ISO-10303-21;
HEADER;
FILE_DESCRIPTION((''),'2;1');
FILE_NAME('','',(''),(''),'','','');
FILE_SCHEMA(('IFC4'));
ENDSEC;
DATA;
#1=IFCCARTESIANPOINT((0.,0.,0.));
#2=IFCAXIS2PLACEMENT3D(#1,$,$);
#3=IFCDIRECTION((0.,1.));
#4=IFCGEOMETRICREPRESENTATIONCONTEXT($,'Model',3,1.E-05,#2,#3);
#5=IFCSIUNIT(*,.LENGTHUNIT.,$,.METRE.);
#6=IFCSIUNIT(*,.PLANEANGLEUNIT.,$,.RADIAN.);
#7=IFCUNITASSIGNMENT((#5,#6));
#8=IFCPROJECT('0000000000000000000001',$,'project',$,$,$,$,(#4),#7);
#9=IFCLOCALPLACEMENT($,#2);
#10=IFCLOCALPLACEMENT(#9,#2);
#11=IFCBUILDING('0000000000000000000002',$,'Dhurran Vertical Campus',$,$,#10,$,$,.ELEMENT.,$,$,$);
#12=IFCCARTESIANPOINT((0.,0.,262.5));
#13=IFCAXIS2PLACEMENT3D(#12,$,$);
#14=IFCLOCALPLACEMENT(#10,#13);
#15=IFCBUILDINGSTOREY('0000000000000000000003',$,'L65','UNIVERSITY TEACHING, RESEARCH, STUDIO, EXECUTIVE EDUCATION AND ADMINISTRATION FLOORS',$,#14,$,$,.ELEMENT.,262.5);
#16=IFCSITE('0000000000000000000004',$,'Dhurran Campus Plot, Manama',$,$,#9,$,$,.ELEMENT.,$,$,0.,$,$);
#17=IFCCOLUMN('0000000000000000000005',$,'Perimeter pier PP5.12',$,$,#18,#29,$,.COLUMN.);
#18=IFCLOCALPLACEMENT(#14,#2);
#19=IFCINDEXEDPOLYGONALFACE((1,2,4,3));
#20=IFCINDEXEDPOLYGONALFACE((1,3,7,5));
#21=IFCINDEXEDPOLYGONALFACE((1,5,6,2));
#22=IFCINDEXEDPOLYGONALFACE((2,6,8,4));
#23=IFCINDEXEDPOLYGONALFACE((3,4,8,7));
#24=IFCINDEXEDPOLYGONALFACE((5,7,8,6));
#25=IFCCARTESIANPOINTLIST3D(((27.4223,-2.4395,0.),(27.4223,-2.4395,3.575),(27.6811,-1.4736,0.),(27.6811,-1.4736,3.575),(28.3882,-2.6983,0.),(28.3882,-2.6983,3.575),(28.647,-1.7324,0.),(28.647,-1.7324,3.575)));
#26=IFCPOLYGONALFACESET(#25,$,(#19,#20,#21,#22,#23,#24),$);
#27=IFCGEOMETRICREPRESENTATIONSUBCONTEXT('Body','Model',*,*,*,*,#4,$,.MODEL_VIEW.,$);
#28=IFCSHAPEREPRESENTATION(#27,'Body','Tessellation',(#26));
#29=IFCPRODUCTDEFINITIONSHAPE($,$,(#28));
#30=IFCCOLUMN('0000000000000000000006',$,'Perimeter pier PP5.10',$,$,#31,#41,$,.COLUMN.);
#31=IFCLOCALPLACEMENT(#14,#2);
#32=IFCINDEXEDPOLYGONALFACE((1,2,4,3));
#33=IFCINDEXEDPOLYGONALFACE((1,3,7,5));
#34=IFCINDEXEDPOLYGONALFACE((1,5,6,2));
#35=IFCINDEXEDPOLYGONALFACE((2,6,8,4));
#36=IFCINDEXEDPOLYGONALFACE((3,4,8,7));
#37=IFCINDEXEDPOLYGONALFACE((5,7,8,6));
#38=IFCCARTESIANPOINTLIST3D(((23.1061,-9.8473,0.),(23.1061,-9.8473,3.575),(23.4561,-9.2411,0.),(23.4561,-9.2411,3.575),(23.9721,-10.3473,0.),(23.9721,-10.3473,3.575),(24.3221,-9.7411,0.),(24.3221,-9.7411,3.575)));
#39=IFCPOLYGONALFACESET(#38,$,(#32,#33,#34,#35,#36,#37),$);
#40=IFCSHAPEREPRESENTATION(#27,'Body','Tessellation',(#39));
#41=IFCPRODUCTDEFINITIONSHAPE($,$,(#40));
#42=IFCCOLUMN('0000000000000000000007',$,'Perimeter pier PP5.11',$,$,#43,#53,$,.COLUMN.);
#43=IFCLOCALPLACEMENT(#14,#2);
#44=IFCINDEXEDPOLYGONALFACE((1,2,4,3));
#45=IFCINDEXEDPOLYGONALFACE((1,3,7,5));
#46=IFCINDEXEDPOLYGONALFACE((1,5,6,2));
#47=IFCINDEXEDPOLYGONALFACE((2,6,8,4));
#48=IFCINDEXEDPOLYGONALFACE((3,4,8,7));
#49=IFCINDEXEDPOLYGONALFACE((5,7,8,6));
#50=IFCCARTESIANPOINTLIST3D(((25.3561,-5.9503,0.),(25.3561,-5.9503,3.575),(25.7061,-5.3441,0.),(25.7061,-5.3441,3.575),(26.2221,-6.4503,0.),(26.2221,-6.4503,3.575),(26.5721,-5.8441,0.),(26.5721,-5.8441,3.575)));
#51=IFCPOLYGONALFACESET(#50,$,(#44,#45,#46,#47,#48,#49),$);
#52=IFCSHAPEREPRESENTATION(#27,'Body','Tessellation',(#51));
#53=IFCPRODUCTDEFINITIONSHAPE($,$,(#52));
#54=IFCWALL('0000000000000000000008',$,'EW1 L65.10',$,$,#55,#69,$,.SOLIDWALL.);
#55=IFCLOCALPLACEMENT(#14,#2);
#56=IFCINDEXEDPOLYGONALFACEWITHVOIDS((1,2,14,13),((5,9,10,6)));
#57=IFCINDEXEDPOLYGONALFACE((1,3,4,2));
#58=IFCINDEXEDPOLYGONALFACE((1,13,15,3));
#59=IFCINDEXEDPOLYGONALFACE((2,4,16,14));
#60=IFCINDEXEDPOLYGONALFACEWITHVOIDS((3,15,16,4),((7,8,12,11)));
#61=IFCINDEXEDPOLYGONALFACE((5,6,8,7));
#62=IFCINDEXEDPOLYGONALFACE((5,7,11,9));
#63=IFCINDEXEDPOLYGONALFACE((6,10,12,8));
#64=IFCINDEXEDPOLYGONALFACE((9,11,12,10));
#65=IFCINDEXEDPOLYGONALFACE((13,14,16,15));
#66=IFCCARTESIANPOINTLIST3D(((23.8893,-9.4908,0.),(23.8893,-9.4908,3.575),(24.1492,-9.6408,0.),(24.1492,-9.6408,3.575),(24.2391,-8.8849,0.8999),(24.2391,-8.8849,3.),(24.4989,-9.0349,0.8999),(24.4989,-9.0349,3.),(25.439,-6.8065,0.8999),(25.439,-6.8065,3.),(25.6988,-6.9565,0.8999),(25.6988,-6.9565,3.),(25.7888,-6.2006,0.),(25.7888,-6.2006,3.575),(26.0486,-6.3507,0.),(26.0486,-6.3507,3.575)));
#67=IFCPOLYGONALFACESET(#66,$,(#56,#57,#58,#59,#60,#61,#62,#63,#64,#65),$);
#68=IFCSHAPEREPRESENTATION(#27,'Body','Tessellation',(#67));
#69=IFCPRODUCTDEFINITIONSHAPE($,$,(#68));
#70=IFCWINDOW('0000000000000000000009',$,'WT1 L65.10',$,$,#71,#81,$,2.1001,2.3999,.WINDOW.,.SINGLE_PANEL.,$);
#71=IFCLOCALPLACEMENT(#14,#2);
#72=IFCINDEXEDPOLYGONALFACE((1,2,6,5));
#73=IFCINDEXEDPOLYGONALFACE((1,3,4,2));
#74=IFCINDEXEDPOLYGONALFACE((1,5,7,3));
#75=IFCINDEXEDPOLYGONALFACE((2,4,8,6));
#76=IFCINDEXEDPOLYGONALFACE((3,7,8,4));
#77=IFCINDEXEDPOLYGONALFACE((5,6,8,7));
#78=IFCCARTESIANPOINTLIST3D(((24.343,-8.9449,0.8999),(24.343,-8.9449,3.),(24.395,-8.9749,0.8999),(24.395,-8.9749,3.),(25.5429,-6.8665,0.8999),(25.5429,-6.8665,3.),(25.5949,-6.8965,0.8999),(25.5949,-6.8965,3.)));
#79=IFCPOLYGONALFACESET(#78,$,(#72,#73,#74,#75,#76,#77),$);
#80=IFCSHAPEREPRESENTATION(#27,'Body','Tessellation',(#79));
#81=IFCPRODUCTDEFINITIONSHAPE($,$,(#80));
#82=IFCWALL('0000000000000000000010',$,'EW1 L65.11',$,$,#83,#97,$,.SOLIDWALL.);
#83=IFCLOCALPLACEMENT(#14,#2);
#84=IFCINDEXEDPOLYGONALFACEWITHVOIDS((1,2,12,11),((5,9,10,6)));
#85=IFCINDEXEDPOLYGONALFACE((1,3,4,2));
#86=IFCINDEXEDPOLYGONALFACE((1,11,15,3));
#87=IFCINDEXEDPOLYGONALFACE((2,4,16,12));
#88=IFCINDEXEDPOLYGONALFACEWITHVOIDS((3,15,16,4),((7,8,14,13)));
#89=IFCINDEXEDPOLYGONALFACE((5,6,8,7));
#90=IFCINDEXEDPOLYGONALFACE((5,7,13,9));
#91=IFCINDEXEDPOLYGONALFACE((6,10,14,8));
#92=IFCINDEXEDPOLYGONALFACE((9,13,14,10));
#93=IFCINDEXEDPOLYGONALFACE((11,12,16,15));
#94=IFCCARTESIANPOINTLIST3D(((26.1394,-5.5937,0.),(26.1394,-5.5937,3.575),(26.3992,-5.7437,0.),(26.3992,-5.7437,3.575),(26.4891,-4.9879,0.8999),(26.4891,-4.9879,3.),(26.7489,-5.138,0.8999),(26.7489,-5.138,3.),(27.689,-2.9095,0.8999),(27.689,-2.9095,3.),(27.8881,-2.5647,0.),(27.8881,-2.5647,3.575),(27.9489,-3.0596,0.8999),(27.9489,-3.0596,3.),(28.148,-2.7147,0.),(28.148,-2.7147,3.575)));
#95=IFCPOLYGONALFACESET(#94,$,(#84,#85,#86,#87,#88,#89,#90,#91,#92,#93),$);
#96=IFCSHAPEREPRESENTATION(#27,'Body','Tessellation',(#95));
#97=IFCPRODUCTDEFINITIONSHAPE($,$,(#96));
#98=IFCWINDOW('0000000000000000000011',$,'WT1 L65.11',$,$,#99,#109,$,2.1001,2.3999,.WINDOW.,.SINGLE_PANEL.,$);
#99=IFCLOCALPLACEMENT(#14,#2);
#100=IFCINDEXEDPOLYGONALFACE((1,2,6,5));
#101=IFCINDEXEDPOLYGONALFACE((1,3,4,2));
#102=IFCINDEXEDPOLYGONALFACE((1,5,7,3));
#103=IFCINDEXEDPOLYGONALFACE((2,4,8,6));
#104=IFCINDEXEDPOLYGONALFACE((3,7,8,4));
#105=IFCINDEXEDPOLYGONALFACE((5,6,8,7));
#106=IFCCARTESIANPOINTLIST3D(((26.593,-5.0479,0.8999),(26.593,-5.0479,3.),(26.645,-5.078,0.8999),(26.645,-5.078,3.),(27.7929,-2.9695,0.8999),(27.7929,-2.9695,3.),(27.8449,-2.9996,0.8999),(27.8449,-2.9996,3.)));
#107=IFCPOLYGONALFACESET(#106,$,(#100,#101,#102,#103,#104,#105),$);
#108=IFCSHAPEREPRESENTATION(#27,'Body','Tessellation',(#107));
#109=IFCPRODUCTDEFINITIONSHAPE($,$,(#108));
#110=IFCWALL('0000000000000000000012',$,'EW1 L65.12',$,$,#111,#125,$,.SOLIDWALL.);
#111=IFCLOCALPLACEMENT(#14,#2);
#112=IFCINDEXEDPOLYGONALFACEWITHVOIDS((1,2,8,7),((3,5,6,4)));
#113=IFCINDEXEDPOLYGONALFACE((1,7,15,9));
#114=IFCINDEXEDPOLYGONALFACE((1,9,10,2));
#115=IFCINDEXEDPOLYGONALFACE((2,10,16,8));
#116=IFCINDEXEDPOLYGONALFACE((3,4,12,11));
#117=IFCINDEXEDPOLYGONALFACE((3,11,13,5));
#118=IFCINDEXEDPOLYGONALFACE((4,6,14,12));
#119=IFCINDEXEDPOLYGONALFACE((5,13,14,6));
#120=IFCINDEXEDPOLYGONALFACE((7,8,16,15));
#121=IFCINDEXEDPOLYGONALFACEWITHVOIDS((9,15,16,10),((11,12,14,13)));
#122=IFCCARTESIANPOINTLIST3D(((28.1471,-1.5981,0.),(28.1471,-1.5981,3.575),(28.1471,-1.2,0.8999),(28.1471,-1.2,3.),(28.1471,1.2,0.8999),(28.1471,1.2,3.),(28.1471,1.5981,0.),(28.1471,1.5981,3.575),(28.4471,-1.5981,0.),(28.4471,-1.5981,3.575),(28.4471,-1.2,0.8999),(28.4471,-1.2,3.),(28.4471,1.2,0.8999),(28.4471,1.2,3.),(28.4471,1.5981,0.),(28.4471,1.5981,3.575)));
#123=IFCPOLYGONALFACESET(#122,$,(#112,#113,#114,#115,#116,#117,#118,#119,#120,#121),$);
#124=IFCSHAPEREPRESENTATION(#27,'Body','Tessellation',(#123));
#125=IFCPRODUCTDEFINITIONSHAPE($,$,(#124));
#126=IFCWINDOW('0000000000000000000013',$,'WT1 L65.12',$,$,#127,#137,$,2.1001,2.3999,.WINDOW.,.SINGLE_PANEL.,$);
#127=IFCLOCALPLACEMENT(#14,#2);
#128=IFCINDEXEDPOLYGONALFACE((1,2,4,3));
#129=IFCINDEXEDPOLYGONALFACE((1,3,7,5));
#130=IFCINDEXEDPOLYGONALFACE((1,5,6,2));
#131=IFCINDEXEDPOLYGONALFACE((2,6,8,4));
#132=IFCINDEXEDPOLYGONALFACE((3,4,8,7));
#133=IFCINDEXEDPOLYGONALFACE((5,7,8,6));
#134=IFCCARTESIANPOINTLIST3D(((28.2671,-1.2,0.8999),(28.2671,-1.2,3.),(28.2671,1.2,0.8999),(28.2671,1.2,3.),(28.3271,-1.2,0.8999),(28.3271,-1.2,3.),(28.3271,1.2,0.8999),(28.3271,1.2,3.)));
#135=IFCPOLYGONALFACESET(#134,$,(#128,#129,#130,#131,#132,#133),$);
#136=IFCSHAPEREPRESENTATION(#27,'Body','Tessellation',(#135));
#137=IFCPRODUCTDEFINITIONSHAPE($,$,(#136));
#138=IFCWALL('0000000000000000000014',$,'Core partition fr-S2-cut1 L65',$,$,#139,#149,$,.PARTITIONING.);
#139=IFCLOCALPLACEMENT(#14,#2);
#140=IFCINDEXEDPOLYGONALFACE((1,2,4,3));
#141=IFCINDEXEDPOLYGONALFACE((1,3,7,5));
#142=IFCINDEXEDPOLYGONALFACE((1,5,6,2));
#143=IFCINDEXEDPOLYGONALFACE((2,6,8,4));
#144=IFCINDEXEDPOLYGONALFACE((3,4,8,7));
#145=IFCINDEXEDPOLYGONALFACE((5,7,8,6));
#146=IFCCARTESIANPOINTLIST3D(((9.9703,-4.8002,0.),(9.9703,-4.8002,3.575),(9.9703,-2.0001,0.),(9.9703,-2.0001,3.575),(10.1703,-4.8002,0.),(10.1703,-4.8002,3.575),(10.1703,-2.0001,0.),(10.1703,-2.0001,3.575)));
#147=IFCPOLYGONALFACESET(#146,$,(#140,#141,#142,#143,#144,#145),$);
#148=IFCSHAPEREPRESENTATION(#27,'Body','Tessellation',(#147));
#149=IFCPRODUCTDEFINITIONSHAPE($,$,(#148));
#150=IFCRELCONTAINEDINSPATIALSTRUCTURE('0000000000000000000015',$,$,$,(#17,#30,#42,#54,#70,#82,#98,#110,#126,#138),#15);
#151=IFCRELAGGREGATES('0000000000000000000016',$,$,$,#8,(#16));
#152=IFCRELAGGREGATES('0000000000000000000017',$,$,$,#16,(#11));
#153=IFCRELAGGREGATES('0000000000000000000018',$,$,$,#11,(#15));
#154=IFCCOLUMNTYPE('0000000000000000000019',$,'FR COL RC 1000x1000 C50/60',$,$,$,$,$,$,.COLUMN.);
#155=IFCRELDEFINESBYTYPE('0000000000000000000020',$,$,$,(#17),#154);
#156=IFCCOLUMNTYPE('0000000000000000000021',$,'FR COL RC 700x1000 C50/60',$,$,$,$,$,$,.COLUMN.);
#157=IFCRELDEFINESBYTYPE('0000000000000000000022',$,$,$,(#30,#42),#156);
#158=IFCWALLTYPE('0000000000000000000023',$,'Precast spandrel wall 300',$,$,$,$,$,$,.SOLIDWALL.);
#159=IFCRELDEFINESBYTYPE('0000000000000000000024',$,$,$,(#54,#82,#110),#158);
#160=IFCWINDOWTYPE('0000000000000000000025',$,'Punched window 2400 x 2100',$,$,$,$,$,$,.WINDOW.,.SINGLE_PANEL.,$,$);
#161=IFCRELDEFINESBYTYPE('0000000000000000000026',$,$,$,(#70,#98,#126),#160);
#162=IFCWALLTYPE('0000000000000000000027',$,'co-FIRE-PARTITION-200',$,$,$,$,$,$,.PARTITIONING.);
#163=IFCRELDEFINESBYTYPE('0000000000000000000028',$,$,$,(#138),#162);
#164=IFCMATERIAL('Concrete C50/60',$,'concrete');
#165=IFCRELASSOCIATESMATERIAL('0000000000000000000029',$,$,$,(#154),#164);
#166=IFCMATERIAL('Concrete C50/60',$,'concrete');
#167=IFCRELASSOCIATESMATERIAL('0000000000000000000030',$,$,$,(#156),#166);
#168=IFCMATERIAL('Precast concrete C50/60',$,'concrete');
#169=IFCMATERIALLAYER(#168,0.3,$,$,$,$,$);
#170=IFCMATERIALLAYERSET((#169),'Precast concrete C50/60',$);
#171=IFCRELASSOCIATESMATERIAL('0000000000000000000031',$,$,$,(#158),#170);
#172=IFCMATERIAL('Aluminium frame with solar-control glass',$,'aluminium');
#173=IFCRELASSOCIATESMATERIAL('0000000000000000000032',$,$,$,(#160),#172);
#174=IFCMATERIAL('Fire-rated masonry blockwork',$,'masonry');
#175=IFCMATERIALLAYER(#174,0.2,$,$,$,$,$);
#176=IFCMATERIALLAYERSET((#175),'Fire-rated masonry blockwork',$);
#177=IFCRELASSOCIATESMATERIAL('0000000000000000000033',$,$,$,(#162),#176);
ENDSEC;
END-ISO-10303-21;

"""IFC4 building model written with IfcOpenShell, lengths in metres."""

from ifc_helpers import new_model, si_unit, direction, frame, frame_2d, origin, origin_2d, place, context, subcontext, project, spatial, rectangle, extrude, material, layer, layer_set, material_profile, profile_set, type_object, element, fill, save


model = new_model("IFC4")

# Units and contexts
model_context = context("Model", 3, precision=1e-05, world=origin(), true_north=direction((0.0, 1.0)))
body_context = subcontext(model_context, "Body", "Model", "MODEL_VIEW")
ifc_project = project(units=[si_unit("LENGTHUNIT", "METRE"), si_unit("PLANEANGLEUNIT", "RADIAN")], contexts=[model_context])

# Site, building, storey
site_placement = place(None, origin())
site = spatial("IfcSite", under=ifc_project, at=site_placement, Name="Dhurran Campus Plot, Manama", CompositionType="ELEMENT", RefElevation=0.0)
building_placement = place(site_placement, origin())
building = spatial("IfcBuilding", under=site, at=building_placement, Name="Dhurran Vertical Campus", CompositionType="ELEMENT")
storey_placement = place(building_placement, frame((0.0, 0.0, 262.5)))
storey = spatial("IfcBuildingStorey", under=building, at=storey_placement, Name="L65", Description="UNIVERSITY TEACHING, RESEARCH, STUDIO, EXECUTIVE EDUCATION AND ADMINISTRATION FLOORS", CompositionType="ELEMENT", Elevation=262.5)

# Columns
ifc_material_1 = material(Name="Concrete C50/60", Category="concrete")
ifc_material_profile_1 = material_profile(ifc_material_1, rectangle(XDim=1.0, YDim=1.0, at=origin_2d()), Name="RC 1000x1000")
ifc_profile_set_1 = profile_set([ifc_material_profile_1], Name="Concrete C50/60")
column_type_1 = type_object("IfcColumnType", Name="FR COL RC 1000x1000 C50/60", PredefinedType="COLUMN", material=ifc_profile_set_1)
column_placement = place(storey_placement, frame((28.0347, -2.0859, 0.0), z_axis=(0.0, 0.0, 1.0), x_axis=(0.258819, 0.965926, 0.0)))
element("IfcColumn", 1, at=column_placement, inside=storey, type_object=column_type_1, Name="Perimeter pier PP5.12", PredefinedType="COLUMN", context=body_context, shape_type="SweptSolid", body=[
    extrude(rectangle(XDim=1.0, YDim=1.0, at=origin_2d()), origin(), (0.0, 0.0, 1.0), 3.575),
])
ifc_material_2 = material(Name="Concrete C50/60", Category="concrete")
ifc_material_profile_2 = material_profile(ifc_material_2, rectangle(XDim=0.7, YDim=1.0, at=origin_2d()), Name="RC 700x1000")
ifc_profile_set_2 = profile_set([ifc_material_profile_2], Name="Concrete C50/60")
column_type_2 = type_object("IfcColumnType", Name="FR COL RC 700x1000 C50/60", PredefinedType="COLUMN", material=ifc_profile_set_2)
for number, where, z_axis, x_axis, name in (
    (2, (23.7141, -9.7942, 0.0), (0.0, 0.0, 1.0), (0.5, 0.866025, 0.0), "Perimeter pier PP5.10"),
    (3, (25.9641, -5.8972, 0.0), (0.0, 0.0, 1.0), (0.5, 0.866025, 0.0), "Perimeter pier PP5.11"),
):
    element("IfcColumn", number, at=place(storey_placement, frame(where, z_axis=z_axis, x_axis=x_axis)), inside=storey, type_object=column_type_2, Name=name, PredefinedType="COLUMN", context=body_context, shape_type="SweptSolid", body=[
        extrude(rectangle(XDim=0.7, YDim=1.0, at=origin_2d()), origin(), (0.0, 0.0, 1.0), 3.575),
    ])

# Walls, openings, windows
ifc_material_3 = material(Name="Precast concrete C50/60", Category="concrete")
ifc_layer_1 = layer(ifc_material_3, 0.3)
ifc_layer_set_1 = layer_set([ifc_layer_1], Name="Precast concrete C50/60")
wall_type_1 = type_object("IfcWallType", Name="Precast spandrel wall 300", PredefinedType="SOLIDWALL", material=ifc_layer_set_1)
wall_1_placement = place(storey_placement, frame((24.0193, -9.5657, 0.0), z_axis=(0.0, 0.0, 1.0), x_axis=(0.499982, 0.866036, 0.0)))
wall_1 = element("IfcWall", 4, at=wall_1_placement, inside=storey, type_object=wall_type_1, Name="EW1 L65.10", PredefinedType="SOLIDWALL", context=body_context, shape_type="SweptSolid", body=[
    extrude(rectangle(XDim=3.7991, YDim=0.3, at=frame_2d((1.8994, 0.0))), origin(), (0.0, 0.0, 1.0), 3.575),
])
opening_1_placement = place(wall_1_placement, frame((0.6995, 0.0, 0.8999)))
opening_1 = element("IfcOpeningElement", 5, at=opening_1_placement, cuts=wall_1, PredefinedType="OPENING", context=body_context, shape_type="SweptSolid", body=[
    extrude(rectangle(XDim=2.3999, YDim=2.1001, at=frame_2d((1.2, 1.05))), frame((0.0, 0.1599, 0.0), z_axis=(0.0, -1.0, 0.0), x_axis=(1.0, 0.0, 0.0)), (0.0, 0.0, 1.0), 0.3201),
])
ifc_material_4 = material(Name="Aluminium frame with solar-control glass", Category="aluminium")
window_type = type_object("IfcWindowType", Name="Punched window 2400 x 2100", PartitioningType="SINGLE_PANEL", PredefinedType="WINDOW", material=ifc_material_4)
window_1_placement = place(opening_1_placement, origin())
window_1 = element("IfcWindow", 6, at=window_1_placement, inside=storey, type_object=window_type, Name="WT1 L65.10", OverallHeight=2.1001, OverallWidth=2.3999, PartitioningType="SINGLE_PANEL", PredefinedType="WINDOW", context=body_context, shape_type="SweptSolid", body=[
    extrude(rectangle(XDim=2.3999, YDim=2.1001, at=frame_2d((1.2, 1.05))), frame((0.0, 0.03, 0.0), z_axis=(0.0, -1.0, 0.0), x_axis=(1.0, 0.0, 0.0)), (0.0, 0.0, 1.0), 0.0601),
])
fill(opening_1, window_1)
wall_2_placement = place(storey_placement, frame((26.2693, -5.6687, 0.0), z_axis=(0.0, 0.0, 1.0), x_axis=(0.49999, 0.866031, 0.0)))
wall_2 = element("IfcWall", 7, at=wall_2_placement, inside=storey, type_object=wall_type_1, Name="EW1 L65.11", PredefinedType="SOLIDWALL", context=body_context, shape_type="SweptSolid", body=[
    extrude(rectangle(XDim=3.4976, YDim=0.3, at=frame_2d((1.7488, 0.0))), origin(), (0.0, 0.0, 1.0), 3.575),
])
opening_2_placement = place(wall_2_placement, frame((0.6995, 0.0, 0.8999)))
opening_2 = element("IfcOpeningElement", 8, at=opening_2_placement, cuts=wall_2, PredefinedType="OPENING", context=body_context, shape_type="SweptSolid", body=[
    extrude(rectangle(XDim=2.3999, YDim=2.1001, at=frame_2d((1.2, 1.05))), frame((0.0, 0.1599, 0.0), z_axis=(0.0, -1.0, 0.0), x_axis=(1.0, 0.0, 0.0)), (0.0, 0.0, 1.0), 0.3201),
])
window_2_placement = place(opening_2_placement, origin())
window_2 = element("IfcWindow", 9, at=window_2_placement, inside=storey, type_object=window_type, Name="WT1 L65.11", OverallHeight=2.1001, OverallWidth=2.3999, PartitioningType="SINGLE_PANEL", PredefinedType="WINDOW", context=body_context, shape_type="SweptSolid", body=[
    extrude(rectangle(XDim=2.3999, YDim=2.1001, at=frame_2d((1.2, 1.05))), frame((0.0, 0.03, 0.0), z_axis=(0.0, -1.0, 0.0), x_axis=(1.0, 0.0, 0.0)), (0.0, 0.0, 1.0), 0.0601),
])
fill(opening_2, window_2)
wall_3_placement = place(storey_placement, frame((28.2971, -1.5981, 0.0), z_axis=(0.0, 0.0, 1.0), x_axis=(0.0, 1.0, 0.0)))
wall_3 = element("IfcWall", 10, at=wall_3_placement, inside=storey, type_object=wall_type_1, Name="EW1 L65.12", PredefinedType="SOLIDWALL", context=body_context, shape_type="SweptSolid", body=[
    extrude(rectangle(XDim=3.1963, YDim=0.3, at=frame_2d((1.5981, 0.0))), origin(), (0.0, 0.0, 1.0), 3.575),
])
opening_3_placement = place(wall_3_placement, frame((0.3982, 0.0, 0.8999)))
opening_3 = element("IfcOpeningElement", 11, at=opening_3_placement, cuts=wall_3, PredefinedType="OPENING", context=body_context, shape_type="SweptSolid", body=[
    extrude(rectangle(XDim=2.3999, YDim=2.1001, at=frame_2d((1.2, 1.05))), frame((0.0, 0.1599, 0.0), z_axis=(0.0, -1.0, 0.0), x_axis=(1.0, 0.0, 0.0)), (0.0, 0.0, 1.0), 0.3201),
])
window_3_placement = place(opening_3_placement, origin())
window_3 = element("IfcWindow", 12, at=window_3_placement, inside=storey, type_object=window_type, Name="WT1 L65.12", OverallHeight=2.1001, OverallWidth=2.3999, PartitioningType="SINGLE_PANEL", PredefinedType="WINDOW", context=body_context, shape_type="SweptSolid", body=[
    extrude(rectangle(XDim=2.3999, YDim=2.1001, at=frame_2d((1.2, 1.05))), frame((0.0, 0.03, 0.0), z_axis=(0.0, -1.0, 0.0), x_axis=(1.0, 0.0, 0.0)), (0.0, 0.0, 1.0), 0.0601),
])
fill(opening_3, window_3)

# Wall
ifc_material_5 = material(Name="Fire-rated masonry blockwork", Category="masonry")
ifc_layer_2 = layer(ifc_material_5, 0.2)
ifc_layer_set_2 = layer_set([ifc_layer_2], Name="Fire-rated masonry blockwork")
wall_type_2 = type_object("IfcWallType", Name="co-FIRE-PARTITION-200", PredefinedType="PARTITIONING", material=ifc_layer_set_2)
wall_4_placement = place(storey_placement, frame((10.0703, -4.8, 0.0), z_axis=(0.0, 0.0, 1.0), x_axis=(0.0, 1.0, 0.0)))
element("IfcWall", 13, at=wall_4_placement, inside=storey, type_object=wall_type_2, Name="Core partition fr-S2-cut1 L65", PredefinedType="PARTITIONING", context=body_context, shape_type="SweptSolid", body=[
    extrude(rectangle(XDim=2.8, YDim=0.2, at=frame_2d((1.3999, 0.0))), origin(), (0.0, 0.0, 1.0), 3.575),
])

save(model, "model.ifc")
